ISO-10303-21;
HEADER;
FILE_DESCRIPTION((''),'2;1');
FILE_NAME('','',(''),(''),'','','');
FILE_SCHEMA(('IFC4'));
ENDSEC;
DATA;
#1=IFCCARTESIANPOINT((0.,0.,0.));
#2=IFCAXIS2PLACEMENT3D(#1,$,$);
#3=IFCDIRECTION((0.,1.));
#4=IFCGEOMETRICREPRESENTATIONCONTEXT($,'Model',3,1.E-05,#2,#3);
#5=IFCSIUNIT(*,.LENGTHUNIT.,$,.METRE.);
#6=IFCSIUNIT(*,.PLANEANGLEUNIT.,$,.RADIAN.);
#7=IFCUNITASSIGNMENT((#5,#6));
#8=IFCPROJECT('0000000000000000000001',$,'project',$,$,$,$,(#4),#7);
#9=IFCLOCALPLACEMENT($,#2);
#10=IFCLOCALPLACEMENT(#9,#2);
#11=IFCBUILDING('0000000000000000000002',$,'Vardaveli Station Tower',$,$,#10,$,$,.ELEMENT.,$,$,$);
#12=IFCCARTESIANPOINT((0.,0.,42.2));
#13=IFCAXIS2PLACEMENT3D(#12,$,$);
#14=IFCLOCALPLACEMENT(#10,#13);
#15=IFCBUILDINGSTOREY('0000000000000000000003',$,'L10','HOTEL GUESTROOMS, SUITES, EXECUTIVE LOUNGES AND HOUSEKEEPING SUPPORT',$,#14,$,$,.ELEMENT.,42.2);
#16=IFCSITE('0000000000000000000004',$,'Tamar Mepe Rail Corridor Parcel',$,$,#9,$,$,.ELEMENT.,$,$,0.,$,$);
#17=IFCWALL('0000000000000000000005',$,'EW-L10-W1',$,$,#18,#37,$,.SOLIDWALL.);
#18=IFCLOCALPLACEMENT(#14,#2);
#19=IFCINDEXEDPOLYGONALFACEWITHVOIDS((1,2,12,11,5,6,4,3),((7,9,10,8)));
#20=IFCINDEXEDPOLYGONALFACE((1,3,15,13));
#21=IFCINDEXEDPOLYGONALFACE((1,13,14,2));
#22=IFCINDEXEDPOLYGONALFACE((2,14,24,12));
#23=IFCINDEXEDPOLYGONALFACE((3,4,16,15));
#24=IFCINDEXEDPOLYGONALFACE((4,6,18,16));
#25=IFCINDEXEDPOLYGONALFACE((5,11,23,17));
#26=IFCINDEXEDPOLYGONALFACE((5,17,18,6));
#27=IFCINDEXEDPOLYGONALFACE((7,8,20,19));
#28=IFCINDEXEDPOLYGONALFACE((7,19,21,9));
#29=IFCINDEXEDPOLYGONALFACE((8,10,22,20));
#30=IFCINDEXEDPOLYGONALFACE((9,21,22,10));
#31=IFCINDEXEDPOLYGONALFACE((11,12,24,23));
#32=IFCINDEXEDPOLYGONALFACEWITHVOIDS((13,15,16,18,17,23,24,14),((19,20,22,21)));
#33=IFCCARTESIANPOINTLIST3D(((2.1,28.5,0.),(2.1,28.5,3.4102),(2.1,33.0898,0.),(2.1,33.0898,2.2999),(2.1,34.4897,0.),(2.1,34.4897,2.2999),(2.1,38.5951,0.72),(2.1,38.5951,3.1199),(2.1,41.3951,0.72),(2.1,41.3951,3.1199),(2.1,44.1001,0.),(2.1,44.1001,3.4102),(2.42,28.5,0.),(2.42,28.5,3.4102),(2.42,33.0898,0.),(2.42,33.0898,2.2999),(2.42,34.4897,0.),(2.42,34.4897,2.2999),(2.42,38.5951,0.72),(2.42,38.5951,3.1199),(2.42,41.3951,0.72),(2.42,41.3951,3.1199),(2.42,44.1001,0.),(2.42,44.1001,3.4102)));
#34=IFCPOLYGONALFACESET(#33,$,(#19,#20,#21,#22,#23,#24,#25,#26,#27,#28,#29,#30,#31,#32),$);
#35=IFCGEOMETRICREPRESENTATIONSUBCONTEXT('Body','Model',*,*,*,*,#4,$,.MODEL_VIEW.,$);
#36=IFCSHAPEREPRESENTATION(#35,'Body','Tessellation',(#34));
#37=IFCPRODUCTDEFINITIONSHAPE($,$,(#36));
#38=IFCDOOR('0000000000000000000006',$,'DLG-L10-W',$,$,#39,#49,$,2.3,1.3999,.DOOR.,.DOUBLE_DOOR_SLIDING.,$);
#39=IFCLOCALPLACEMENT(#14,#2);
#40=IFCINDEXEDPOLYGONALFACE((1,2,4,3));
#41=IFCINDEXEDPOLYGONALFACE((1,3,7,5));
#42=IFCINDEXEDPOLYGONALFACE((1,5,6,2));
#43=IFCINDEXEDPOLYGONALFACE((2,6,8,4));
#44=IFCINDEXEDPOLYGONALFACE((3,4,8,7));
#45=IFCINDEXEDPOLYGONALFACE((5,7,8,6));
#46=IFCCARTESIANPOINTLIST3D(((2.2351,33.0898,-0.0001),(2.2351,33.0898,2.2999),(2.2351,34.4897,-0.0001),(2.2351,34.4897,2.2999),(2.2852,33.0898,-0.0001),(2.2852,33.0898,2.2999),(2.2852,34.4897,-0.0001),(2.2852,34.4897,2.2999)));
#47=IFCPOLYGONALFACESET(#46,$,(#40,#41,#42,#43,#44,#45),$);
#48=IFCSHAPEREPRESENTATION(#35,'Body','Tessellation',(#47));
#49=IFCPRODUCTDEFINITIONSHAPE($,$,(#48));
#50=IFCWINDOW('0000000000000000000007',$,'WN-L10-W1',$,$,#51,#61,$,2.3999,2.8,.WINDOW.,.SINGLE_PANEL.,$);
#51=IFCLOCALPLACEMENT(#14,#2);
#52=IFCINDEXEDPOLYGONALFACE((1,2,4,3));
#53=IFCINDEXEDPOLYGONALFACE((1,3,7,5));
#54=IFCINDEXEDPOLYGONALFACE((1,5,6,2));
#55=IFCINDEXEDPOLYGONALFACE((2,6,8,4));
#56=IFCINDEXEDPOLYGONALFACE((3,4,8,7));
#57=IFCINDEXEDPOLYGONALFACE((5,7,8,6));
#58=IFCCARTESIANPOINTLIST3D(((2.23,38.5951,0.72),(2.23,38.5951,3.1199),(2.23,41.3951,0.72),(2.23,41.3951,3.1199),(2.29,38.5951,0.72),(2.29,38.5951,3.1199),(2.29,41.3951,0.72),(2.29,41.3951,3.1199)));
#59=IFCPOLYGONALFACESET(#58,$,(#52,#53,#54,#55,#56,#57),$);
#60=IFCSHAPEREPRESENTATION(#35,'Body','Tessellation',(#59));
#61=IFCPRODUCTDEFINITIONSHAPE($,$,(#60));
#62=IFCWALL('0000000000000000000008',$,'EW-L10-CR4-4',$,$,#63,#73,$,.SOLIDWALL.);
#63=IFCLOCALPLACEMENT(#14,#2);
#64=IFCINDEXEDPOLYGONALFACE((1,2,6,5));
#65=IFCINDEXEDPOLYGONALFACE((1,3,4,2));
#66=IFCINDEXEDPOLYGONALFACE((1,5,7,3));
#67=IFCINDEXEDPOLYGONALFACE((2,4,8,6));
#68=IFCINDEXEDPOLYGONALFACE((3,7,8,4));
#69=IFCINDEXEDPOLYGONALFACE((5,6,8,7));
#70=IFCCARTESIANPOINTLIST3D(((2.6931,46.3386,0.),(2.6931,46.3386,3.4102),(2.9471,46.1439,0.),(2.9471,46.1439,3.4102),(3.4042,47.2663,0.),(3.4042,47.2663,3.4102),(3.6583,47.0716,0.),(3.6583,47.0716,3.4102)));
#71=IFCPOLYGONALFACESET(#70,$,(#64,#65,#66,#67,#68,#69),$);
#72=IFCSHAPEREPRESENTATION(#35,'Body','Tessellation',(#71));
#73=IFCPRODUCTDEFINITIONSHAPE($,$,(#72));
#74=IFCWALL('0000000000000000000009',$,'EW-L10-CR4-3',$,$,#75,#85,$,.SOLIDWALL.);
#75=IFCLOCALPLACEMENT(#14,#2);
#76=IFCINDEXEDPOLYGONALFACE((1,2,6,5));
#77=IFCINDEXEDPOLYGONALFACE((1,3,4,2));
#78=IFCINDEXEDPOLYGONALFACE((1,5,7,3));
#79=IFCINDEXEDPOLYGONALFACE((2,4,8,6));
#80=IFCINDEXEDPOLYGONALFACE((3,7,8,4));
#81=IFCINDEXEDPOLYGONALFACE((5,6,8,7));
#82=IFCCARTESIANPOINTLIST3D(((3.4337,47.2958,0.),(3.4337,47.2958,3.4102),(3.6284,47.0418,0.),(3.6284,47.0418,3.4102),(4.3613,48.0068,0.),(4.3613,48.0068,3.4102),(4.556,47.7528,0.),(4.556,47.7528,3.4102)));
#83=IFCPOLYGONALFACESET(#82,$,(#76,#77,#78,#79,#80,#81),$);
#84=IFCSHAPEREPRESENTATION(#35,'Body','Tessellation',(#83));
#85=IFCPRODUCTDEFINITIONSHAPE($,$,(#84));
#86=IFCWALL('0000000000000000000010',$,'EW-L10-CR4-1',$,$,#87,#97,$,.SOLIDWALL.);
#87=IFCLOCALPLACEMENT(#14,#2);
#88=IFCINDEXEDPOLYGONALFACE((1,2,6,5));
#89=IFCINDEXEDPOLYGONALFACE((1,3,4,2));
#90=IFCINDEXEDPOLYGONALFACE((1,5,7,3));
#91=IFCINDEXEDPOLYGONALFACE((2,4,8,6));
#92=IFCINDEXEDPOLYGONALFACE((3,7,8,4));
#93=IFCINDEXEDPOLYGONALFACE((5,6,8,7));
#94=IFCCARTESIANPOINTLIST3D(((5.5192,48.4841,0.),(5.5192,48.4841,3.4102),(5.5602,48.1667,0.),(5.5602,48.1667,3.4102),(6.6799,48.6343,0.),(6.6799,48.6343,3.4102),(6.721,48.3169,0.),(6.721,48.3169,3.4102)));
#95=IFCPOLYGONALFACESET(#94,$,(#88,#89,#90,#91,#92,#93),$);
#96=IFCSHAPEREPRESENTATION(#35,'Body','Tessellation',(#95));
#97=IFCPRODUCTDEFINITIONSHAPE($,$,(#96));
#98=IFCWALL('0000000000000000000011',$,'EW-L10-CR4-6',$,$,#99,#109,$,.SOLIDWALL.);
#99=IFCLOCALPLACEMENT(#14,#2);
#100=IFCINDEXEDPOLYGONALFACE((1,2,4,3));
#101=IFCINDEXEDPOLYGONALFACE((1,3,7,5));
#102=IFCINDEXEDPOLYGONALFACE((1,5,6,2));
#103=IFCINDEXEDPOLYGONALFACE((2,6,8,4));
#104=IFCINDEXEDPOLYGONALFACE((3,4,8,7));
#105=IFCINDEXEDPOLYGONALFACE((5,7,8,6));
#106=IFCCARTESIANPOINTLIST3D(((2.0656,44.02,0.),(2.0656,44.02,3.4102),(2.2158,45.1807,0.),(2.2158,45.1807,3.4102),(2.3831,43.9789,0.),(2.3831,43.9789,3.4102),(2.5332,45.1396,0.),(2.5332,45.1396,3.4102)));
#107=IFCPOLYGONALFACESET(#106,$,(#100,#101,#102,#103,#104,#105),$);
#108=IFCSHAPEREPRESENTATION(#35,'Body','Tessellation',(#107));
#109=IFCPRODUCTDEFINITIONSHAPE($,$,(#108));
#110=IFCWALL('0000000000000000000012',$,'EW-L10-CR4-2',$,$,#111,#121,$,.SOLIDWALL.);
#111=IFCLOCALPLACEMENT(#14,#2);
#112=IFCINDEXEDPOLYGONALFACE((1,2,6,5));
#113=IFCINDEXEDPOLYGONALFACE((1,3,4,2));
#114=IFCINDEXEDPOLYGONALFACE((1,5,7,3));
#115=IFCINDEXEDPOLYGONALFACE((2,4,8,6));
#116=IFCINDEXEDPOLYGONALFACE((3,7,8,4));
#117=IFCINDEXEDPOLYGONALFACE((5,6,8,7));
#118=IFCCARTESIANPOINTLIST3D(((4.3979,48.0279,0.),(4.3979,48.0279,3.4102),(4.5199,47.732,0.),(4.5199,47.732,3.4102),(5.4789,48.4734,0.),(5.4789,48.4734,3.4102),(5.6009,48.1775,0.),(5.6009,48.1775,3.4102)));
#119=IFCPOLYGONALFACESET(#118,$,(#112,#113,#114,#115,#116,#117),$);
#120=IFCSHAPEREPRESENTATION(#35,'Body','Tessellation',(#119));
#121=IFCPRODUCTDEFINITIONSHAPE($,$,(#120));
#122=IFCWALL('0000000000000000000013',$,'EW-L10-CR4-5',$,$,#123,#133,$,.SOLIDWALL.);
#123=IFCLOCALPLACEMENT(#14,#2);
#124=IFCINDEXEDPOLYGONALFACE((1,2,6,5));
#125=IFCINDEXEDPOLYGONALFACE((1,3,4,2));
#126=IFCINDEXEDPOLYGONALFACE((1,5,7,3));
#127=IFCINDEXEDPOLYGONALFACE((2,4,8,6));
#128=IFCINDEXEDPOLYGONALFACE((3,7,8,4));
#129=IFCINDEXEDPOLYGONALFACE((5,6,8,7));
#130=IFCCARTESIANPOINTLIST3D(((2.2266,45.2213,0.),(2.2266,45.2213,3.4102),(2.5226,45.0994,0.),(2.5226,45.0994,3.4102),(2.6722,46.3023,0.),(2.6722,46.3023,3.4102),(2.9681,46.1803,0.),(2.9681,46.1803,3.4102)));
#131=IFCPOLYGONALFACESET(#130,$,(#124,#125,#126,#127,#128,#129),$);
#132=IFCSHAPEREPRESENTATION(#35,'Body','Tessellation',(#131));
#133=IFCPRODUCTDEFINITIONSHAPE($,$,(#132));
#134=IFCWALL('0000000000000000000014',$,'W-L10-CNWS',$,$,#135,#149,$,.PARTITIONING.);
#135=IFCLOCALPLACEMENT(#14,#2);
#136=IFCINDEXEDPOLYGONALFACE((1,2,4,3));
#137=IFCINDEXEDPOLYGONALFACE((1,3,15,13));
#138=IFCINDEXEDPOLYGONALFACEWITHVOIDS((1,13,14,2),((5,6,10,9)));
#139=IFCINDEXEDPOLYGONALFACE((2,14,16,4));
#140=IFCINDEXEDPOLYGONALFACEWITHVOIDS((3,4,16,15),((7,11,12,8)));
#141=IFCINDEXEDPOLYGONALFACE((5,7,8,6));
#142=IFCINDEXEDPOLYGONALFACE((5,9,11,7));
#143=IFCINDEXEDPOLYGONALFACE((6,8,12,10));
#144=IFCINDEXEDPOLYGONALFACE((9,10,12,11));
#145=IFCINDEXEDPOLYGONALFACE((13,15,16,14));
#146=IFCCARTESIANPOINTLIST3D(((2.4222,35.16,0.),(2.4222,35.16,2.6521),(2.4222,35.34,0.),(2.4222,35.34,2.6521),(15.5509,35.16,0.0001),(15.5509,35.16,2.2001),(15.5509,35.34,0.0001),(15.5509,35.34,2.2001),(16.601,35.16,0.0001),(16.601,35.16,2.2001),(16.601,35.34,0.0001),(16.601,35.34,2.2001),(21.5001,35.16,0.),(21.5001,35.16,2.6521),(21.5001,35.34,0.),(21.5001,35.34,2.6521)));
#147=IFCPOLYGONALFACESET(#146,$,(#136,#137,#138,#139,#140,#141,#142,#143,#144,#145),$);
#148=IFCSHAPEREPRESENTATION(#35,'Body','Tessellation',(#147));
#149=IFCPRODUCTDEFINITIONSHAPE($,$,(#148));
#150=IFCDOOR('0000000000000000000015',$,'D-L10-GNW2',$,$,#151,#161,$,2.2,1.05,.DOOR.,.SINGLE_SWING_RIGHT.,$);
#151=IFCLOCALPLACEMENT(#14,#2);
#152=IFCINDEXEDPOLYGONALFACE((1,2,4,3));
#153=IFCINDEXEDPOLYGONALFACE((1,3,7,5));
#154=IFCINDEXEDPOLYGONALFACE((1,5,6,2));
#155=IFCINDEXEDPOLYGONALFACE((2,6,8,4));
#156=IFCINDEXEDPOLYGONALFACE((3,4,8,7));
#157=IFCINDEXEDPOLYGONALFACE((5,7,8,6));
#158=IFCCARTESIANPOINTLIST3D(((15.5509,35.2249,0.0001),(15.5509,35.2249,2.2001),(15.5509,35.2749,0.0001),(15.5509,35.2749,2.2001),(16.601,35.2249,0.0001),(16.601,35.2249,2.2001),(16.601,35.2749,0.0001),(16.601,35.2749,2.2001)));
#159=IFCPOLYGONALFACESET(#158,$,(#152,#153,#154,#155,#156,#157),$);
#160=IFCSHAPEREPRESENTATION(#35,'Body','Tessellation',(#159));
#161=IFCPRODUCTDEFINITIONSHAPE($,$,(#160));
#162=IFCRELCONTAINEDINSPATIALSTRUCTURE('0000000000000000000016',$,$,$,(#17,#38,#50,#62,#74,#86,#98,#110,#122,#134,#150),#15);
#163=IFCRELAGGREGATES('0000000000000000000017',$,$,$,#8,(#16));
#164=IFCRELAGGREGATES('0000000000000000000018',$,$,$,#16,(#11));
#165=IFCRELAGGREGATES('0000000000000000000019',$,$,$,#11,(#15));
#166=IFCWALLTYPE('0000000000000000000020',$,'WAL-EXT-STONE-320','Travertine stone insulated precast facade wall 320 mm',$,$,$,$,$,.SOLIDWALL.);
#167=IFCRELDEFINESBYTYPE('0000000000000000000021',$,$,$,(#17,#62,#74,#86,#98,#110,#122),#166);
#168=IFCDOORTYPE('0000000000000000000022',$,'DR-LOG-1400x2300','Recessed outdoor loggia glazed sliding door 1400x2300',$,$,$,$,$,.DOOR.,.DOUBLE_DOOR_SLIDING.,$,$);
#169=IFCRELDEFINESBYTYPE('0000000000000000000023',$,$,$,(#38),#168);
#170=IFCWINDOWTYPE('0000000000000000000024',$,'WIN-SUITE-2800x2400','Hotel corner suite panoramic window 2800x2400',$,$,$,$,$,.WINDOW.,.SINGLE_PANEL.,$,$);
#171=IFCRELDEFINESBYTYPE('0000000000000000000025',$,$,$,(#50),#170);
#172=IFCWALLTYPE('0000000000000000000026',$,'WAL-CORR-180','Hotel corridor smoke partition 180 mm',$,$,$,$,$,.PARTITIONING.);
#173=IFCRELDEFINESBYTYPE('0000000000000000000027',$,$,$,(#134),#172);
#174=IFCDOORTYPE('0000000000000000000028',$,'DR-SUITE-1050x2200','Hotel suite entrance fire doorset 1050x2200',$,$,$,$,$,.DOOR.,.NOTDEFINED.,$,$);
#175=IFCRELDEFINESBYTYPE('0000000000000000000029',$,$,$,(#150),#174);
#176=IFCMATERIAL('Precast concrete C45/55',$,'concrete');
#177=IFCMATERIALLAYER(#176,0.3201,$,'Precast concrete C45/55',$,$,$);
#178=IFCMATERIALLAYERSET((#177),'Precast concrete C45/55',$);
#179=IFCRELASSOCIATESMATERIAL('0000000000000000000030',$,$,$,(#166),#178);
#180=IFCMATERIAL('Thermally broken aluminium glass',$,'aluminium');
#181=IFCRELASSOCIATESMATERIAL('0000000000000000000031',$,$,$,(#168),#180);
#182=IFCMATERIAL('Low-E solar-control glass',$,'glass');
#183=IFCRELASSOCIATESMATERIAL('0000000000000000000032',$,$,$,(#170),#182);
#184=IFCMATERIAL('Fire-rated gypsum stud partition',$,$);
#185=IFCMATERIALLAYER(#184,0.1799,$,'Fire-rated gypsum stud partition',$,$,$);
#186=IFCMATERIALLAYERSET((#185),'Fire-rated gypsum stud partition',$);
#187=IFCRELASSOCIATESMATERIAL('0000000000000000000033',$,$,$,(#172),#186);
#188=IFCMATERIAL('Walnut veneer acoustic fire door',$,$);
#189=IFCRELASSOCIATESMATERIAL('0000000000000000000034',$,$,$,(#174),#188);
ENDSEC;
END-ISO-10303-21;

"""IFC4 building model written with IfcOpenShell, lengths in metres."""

from ifc_helpers import new_model, si_unit, direction, frame, frame_2d, origin, place, context, subcontext, project, spatial, rectangle, extrude, source, transform, mapped, material, layer, layer_set, type_object, element, fill, save


model = new_model("IFC4")

# Units and contexts
model_context = context("Model", 3, precision=1e-05, world=origin(), true_north=direction((0.0, 1.0)))
body_context = subcontext(model_context, "Body", "Model", "MODEL_VIEW")
ifc_project = project(units=[si_unit("LENGTHUNIT", "METRE"), si_unit("PLANEANGLEUNIT", "RADIAN")], contexts=[model_context])

# Site, building, storey
site_placement = place(None, origin())
site = spatial("IfcSite", under=ifc_project, at=site_placement, Name="Tamar Mepe Rail Corridor Parcel", CompositionType="ELEMENT", RefElevation=0.0)
building_placement = place(site_placement, origin())
building = spatial("IfcBuilding", under=site, at=building_placement, Name="Vardaveli Station Tower", CompositionType="ELEMENT")
storey_placement = place(building_placement, frame((0.0, 0.0, 42.2)))
storey = spatial("IfcBuildingStorey", under=building, at=storey_placement, Name="L10", Description="HOTEL GUESTROOMS, SUITES, EXECUTIVE LOUNGES AND HOUSEKEEPING SUPPORT", CompositionType="ELEMENT", Elevation=42.2)

# Shared definitions
ifc_material_1 = material(Name="Precast concrete C45/55", Category="concrete")

# Wall, openings, door, window
ifc_layer_1 = layer(ifc_material_1, 0.3201, Name="Precast concrete C45/55")
ifc_layer_set_1 = layer_set([ifc_layer_1], Name="Precast concrete C45/55")
wall_type_1 = type_object("IfcWallType", Name="WAL-EXT-STONE-320", Description="Travertine stone insulated precast facade wall 320 mm", PredefinedType="SOLIDWALL", material=ifc_layer_set_1)
shared_shape_1 = source(origin(), body_context, "Body", "SweptSolid", [
    extrude(rectangle(XDim=15.6001, YDim=0.3201, at=frame_2d((7.8, 0.0))), origin(), (0.0, 0.0, 1.0), 3.4102),
])
wall_1_placement = place(storey_placement, frame((2.26, 44.1001, 0.0), z_axis=(0.0, 0.0, 1.0), x_axis=(0.0, -1.0, 0.0)))
wall_1 = element("IfcWall", 1, at=wall_1_placement, inside=storey, type_object=wall_type_1, Name="EW-L10-W1", PredefinedType="SOLIDWALL", context=body_context, shape_type="MappedRepresentation", body=[
    mapped(shared_shape_1, transform((0.0, 0.0, 0.0), scale=1.0)),
])
shared_shape_2 = source(origin(), body_context, "Body", "SweptSolid", [
    extrude(rectangle(XDim=1.3999, YDim=2.3, at=frame_2d((0.7, 1.1499))), frame((0.0, 0.1699, 0.0), z_axis=(0.0, -1.0, 0.0), x_axis=(1.0, 0.0, 0.0)), (0.0, 0.0, 1.0), 0.3401),
])
opening_1_placement = place(wall_1_placement, frame((9.6104, 0.0, 0.0)))
opening_1 = element("IfcOpeningElement", 2, at=opening_1_placement, cuts=wall_1, PredefinedType="OPENING", context=body_context, shape_type="MappedRepresentation", body=[
    mapped(shared_shape_2, transform((0.0, 0.0, 0.0), scale=1.0)),
])
shared_shape_3 = source(origin(), body_context, "Body", "SweptSolid", [
    extrude(rectangle(XDim=2.8, YDim=2.3999, at=frame_2d((1.3999, 1.2))), frame((0.0, 0.1699, 0.0), z_axis=(0.0, -1.0, 0.0), x_axis=(1.0, 0.0, 0.0)), (0.0, 0.0, 1.0), 0.3401),
])
opening_2_placement = place(wall_1_placement, frame((2.7051, 0.0, 0.72)))
opening_2 = element("IfcOpeningElement", 3, at=opening_2_placement, cuts=wall_1, PredefinedType="OPENING", context=body_context, shape_type="MappedRepresentation", body=[
    mapped(shared_shape_3, transform((0.0, 0.0, 0.0), scale=1.0)),
])
ifc_material_2 = material(Name="Thermally broken aluminium glass", Category="aluminium")
door_type_1 = type_object("IfcDoorType", Name="DR-LOG-1400x2300", Description="Recessed outdoor loggia glazed sliding door 1400x2300", OperationType="DOUBLE_DOOR_SLIDING", PredefinedType="DOOR", material=ifc_material_2)
shared_shape_4 = source(origin(), body_context, "Body", "SweptSolid", [
    extrude(rectangle(XDim=1.3999, YDim=2.3, at=frame_2d((0.7, 1.1499))), frame((0.0, 0.0249, 0.0), z_axis=(0.0, -1.0, 0.0), x_axis=(1.0, 0.0, 0.0)), (0.0, 0.0, 1.0), 0.05),
])
door_1_placement = place(opening_1_placement, frame((1.3999, 0.0, 0.0), z_axis=(0.0, 0.0, 1.0), x_axis=(-1.0, 0.0, 0.0)))
door_1 = element("IfcDoor", 4, at=door_1_placement, inside=storey, type_object=door_type_1, Name="DLG-L10-W", OperationType="DOUBLE_DOOR_SLIDING", OverallHeight=2.3, OverallWidth=1.3999, PredefinedType="DOOR", context=body_context, shape_type="MappedRepresentation", body=[
    mapped(shared_shape_4, transform((0.0, 0.0, 0.0), scale=1.0)),
])
fill(opening_1, door_1)
ifc_material_3 = material(Name="Low-E solar-control glass", Category="glass")
window_type = type_object("IfcWindowType", Name="WIN-SUITE-2800x2400", Description="Hotel corner suite panoramic window 2800x2400", PartitioningType="SINGLE_PANEL", PredefinedType="WINDOW", material=ifc_material_3)
shared_shape_5 = source(origin(), body_context, "Body", "SweptSolid", [
    extrude(rectangle(XDim=2.8, YDim=2.3999, at=frame_2d((1.3999, 1.2))), frame((0.0, 0.03, 0.0), z_axis=(0.0, -1.0, 0.0), x_axis=(1.0, 0.0, 0.0)), (0.0, 0.0, 1.0), 0.0601),
])
window_placement = place(opening_2_placement, origin())
window = element("IfcWindow", 5, at=window_placement, inside=storey, type_object=window_type, Name="WN-L10-W1", OverallHeight=2.3999, OverallWidth=2.8, PartitioningType="SINGLE_PANEL", PredefinedType="WINDOW", context=body_context, shape_type="MappedRepresentation", body=[
    mapped(shared_shape_5, transform((0.0, 0.0, 0.0), scale=1.0)),
])
fill(opening_2, window)

# Walls
shared_shape_6 = source(origin(), body_context, "Body", "SweptSolid", [
    extrude(rectangle(XDim=1.1689, YDim=0.3201, at=frame_2d((0.5845, 0.0))), origin(), (0.0, 0.0, 1.0), 3.4102),
])
wall_2_placement = place(storey_placement, frame((3.5312, 47.1689, 0.0), z_axis=(0.0, 0.0, 1.0), x_axis=(-0.608388, -0.79364, 0.0)))
element("IfcWall", 6, at=wall_2_placement, inside=storey, type_object=wall_type_1, Name="EW-L10-CR4-4", PredefinedType="SOLIDWALL", context=body_context, shape_type="MappedRepresentation", body=[
    mapped(shared_shape_6, transform((0.0, 0.0, 0.0), scale=1.0)),
])
shared_shape_7 = source(origin(), body_context, "Body", "SweptSolid", [
    extrude(rectangle(XDim=1.1687, YDim=0.3201, at=frame_2d((0.5845, 0.0))), origin(), (0.0, 0.0, 1.0), 3.4102),
])
wall_3_placement = place(storey_placement, frame((4.4587, 47.8799, 0.0), z_axis=(0.0, 0.0, 1.0), x_axis=(-0.793664, -0.608357, 0.0)))
element("IfcWall", 7, at=wall_3_placement, inside=storey, type_object=wall_type_1, Name="EW-L10-CR4-3", PredefinedType="SOLIDWALL", context=body_context, shape_type="MappedRepresentation", body=[
    mapped(shared_shape_7, transform((0.0, 0.0, 0.0), scale=1.0)),
])
shared_shape_8 = source(origin(), body_context, "Body", "SweptSolid", [
    extrude(rectangle(XDim=1.1704, YDim=0.3201, at=frame_2d((0.5852, 0.0))), origin(), (0.0, 0.0, 1.0), 3.4102),
])
for number, where, z_axis, x_axis, name in (
    (8, (6.7004, 48.4756, 0.0), (0.0, 0.0, 1.0), (-0.991736, -0.128296, 0.0), "EW-L10-CR4-1"),
    (9, (2.3745, 45.1602, 0.0), (0.0, 0.0, 1.0), (-0.128296, -0.991736, 0.0), "EW-L10-CR4-6"),
):
    element("IfcWall", number, at=place(storey_placement, frame(where, z_axis=z_axis, x_axis=x_axis)), inside=storey, type_object=wall_type_1, Name=name, PredefinedType="SOLIDWALL", context=body_context, shape_type="MappedRepresentation", body=[
        mapped(shared_shape_8, transform((0.0, 0.0, 0.0), scale=1.0)),
    ])
shared_shape_9 = source(origin(), body_context, "Body", "SweptSolid", [
    extrude(rectangle(XDim=1.1692, YDim=0.3201, at=frame_2d((0.5845, 0.0))), origin(), (0.0, 0.0, 1.0), 3.4102),
])
for number, where, z_axis, x_axis, name in (
    (10, (5.5398, 48.3254, 0.0), (0.0, 0.0, 1.0), (-0.924553, -0.381054, 0.0), "EW-L10-CR4-2"),
    (11, (2.8201, 46.2412, 0.0), (0.0, 0.0, 1.0), (-0.381054, -0.924553, 0.0), "EW-L10-CR4-5"),
):
    element("IfcWall", number, at=place(storey_placement, frame(where, z_axis=z_axis, x_axis=x_axis)), inside=storey, type_object=wall_type_1, Name=name, PredefinedType="SOLIDWALL", context=body_context, shape_type="MappedRepresentation", body=[
        mapped(shared_shape_9, transform((0.0, 0.0, 0.0), scale=1.0)),
    ])

# Wall, opening, door
ifc_material_4 = material(Name="Fire-rated gypsum stud partition")
ifc_layer_2 = layer(ifc_material_4, 0.1799, Name="Fire-rated gypsum stud partition")
ifc_layer_set_2 = layer_set([ifc_layer_2], Name="Fire-rated gypsum stud partition")
wall_type_2 = type_object("IfcWallType", Name="WAL-CORR-180", Description="Hotel corridor smoke partition 180 mm", PredefinedType="PARTITIONING", material=ifc_layer_set_2)
shared_shape_10 = source(origin(), body_context, "Body", "SweptSolid", [
    extrude(rectangle(XDim=19.0779, YDim=0.1799, at=frame_2d((9.5391, 0.0))), origin(), (0.0, 0.0, 1.0), 2.6521),
])
wall_4_placement = place(storey_placement, frame((2.4221, 35.25, 0.0), z_axis=(0.0, 0.0, 1.0), x_axis=(1.0, 0.0, 0.0)))
wall_4 = element("IfcWall", 12, at=wall_4_placement, inside=storey, type_object=wall_type_2, Name="W-L10-CNWS", PredefinedType="PARTITIONING", context=body_context, shape_type="MappedRepresentation", body=[
    mapped(shared_shape_10, transform((0.0, 0.0, 0.0), scale=1.0)),
])
shared_shape_11 = source(origin(), body_context, "Body", "SweptSolid", [
    extrude(rectangle(XDim=1.05, YDim=2.2, at=frame_2d((0.5249, 1.1001))), frame((0.0, 0.1001, 0.0), z_axis=(0.0, -1.0, 0.0), x_axis=(1.0, 0.0, 0.0)), (0.0, 0.0, 1.0), 0.2),
])
opening_3_placement = place(wall_4_placement, frame((13.1289, 0.0, 0.0)))
opening_3 = element("IfcOpeningElement", 13, at=opening_3_placement, cuts=wall_4, PredefinedType="OPENING", context=body_context, shape_type="MappedRepresentation", body=[
    mapped(shared_shape_11, transform((0.0, 0.0, 0.0), scale=1.0)),
])
ifc_material_5 = material(Name="Walnut veneer acoustic fire door")
door_type_2 = type_object("IfcDoorType", Name="DR-SUITE-1050x2200", Description="Hotel suite entrance fire doorset 1050x2200", OperationType="NOTDEFINED", PredefinedType="DOOR", material=ifc_material_5)
shared_shape_12 = source(origin(), body_context, "Body", "SweptSolid", [
    extrude(rectangle(XDim=1.05, YDim=2.2, at=frame_2d((0.5249, 1.1001))), frame((0.0, 0.0249, 0.0), z_axis=(0.0, -1.0, 0.0), x_axis=(1.0, 0.0, 0.0)), (0.0, 0.0, 1.0), 0.05),
])
door_2_placement = place(opening_3_placement, origin())
door_2 = element("IfcDoor", 14, at=door_2_placement, inside=storey, type_object=door_type_2, Name="D-L10-GNW2", OperationType="SINGLE_SWING_RIGHT", OverallHeight=2.2, OverallWidth=1.05, PredefinedType="DOOR", context=body_context, shape_type="MappedRepresentation", body=[
    mapped(shared_shape_12, transform((0.0, 0.0, 0.0), scale=1.0)),
])
fill(opening_3, door_2)

save(model, "model.ifc")
